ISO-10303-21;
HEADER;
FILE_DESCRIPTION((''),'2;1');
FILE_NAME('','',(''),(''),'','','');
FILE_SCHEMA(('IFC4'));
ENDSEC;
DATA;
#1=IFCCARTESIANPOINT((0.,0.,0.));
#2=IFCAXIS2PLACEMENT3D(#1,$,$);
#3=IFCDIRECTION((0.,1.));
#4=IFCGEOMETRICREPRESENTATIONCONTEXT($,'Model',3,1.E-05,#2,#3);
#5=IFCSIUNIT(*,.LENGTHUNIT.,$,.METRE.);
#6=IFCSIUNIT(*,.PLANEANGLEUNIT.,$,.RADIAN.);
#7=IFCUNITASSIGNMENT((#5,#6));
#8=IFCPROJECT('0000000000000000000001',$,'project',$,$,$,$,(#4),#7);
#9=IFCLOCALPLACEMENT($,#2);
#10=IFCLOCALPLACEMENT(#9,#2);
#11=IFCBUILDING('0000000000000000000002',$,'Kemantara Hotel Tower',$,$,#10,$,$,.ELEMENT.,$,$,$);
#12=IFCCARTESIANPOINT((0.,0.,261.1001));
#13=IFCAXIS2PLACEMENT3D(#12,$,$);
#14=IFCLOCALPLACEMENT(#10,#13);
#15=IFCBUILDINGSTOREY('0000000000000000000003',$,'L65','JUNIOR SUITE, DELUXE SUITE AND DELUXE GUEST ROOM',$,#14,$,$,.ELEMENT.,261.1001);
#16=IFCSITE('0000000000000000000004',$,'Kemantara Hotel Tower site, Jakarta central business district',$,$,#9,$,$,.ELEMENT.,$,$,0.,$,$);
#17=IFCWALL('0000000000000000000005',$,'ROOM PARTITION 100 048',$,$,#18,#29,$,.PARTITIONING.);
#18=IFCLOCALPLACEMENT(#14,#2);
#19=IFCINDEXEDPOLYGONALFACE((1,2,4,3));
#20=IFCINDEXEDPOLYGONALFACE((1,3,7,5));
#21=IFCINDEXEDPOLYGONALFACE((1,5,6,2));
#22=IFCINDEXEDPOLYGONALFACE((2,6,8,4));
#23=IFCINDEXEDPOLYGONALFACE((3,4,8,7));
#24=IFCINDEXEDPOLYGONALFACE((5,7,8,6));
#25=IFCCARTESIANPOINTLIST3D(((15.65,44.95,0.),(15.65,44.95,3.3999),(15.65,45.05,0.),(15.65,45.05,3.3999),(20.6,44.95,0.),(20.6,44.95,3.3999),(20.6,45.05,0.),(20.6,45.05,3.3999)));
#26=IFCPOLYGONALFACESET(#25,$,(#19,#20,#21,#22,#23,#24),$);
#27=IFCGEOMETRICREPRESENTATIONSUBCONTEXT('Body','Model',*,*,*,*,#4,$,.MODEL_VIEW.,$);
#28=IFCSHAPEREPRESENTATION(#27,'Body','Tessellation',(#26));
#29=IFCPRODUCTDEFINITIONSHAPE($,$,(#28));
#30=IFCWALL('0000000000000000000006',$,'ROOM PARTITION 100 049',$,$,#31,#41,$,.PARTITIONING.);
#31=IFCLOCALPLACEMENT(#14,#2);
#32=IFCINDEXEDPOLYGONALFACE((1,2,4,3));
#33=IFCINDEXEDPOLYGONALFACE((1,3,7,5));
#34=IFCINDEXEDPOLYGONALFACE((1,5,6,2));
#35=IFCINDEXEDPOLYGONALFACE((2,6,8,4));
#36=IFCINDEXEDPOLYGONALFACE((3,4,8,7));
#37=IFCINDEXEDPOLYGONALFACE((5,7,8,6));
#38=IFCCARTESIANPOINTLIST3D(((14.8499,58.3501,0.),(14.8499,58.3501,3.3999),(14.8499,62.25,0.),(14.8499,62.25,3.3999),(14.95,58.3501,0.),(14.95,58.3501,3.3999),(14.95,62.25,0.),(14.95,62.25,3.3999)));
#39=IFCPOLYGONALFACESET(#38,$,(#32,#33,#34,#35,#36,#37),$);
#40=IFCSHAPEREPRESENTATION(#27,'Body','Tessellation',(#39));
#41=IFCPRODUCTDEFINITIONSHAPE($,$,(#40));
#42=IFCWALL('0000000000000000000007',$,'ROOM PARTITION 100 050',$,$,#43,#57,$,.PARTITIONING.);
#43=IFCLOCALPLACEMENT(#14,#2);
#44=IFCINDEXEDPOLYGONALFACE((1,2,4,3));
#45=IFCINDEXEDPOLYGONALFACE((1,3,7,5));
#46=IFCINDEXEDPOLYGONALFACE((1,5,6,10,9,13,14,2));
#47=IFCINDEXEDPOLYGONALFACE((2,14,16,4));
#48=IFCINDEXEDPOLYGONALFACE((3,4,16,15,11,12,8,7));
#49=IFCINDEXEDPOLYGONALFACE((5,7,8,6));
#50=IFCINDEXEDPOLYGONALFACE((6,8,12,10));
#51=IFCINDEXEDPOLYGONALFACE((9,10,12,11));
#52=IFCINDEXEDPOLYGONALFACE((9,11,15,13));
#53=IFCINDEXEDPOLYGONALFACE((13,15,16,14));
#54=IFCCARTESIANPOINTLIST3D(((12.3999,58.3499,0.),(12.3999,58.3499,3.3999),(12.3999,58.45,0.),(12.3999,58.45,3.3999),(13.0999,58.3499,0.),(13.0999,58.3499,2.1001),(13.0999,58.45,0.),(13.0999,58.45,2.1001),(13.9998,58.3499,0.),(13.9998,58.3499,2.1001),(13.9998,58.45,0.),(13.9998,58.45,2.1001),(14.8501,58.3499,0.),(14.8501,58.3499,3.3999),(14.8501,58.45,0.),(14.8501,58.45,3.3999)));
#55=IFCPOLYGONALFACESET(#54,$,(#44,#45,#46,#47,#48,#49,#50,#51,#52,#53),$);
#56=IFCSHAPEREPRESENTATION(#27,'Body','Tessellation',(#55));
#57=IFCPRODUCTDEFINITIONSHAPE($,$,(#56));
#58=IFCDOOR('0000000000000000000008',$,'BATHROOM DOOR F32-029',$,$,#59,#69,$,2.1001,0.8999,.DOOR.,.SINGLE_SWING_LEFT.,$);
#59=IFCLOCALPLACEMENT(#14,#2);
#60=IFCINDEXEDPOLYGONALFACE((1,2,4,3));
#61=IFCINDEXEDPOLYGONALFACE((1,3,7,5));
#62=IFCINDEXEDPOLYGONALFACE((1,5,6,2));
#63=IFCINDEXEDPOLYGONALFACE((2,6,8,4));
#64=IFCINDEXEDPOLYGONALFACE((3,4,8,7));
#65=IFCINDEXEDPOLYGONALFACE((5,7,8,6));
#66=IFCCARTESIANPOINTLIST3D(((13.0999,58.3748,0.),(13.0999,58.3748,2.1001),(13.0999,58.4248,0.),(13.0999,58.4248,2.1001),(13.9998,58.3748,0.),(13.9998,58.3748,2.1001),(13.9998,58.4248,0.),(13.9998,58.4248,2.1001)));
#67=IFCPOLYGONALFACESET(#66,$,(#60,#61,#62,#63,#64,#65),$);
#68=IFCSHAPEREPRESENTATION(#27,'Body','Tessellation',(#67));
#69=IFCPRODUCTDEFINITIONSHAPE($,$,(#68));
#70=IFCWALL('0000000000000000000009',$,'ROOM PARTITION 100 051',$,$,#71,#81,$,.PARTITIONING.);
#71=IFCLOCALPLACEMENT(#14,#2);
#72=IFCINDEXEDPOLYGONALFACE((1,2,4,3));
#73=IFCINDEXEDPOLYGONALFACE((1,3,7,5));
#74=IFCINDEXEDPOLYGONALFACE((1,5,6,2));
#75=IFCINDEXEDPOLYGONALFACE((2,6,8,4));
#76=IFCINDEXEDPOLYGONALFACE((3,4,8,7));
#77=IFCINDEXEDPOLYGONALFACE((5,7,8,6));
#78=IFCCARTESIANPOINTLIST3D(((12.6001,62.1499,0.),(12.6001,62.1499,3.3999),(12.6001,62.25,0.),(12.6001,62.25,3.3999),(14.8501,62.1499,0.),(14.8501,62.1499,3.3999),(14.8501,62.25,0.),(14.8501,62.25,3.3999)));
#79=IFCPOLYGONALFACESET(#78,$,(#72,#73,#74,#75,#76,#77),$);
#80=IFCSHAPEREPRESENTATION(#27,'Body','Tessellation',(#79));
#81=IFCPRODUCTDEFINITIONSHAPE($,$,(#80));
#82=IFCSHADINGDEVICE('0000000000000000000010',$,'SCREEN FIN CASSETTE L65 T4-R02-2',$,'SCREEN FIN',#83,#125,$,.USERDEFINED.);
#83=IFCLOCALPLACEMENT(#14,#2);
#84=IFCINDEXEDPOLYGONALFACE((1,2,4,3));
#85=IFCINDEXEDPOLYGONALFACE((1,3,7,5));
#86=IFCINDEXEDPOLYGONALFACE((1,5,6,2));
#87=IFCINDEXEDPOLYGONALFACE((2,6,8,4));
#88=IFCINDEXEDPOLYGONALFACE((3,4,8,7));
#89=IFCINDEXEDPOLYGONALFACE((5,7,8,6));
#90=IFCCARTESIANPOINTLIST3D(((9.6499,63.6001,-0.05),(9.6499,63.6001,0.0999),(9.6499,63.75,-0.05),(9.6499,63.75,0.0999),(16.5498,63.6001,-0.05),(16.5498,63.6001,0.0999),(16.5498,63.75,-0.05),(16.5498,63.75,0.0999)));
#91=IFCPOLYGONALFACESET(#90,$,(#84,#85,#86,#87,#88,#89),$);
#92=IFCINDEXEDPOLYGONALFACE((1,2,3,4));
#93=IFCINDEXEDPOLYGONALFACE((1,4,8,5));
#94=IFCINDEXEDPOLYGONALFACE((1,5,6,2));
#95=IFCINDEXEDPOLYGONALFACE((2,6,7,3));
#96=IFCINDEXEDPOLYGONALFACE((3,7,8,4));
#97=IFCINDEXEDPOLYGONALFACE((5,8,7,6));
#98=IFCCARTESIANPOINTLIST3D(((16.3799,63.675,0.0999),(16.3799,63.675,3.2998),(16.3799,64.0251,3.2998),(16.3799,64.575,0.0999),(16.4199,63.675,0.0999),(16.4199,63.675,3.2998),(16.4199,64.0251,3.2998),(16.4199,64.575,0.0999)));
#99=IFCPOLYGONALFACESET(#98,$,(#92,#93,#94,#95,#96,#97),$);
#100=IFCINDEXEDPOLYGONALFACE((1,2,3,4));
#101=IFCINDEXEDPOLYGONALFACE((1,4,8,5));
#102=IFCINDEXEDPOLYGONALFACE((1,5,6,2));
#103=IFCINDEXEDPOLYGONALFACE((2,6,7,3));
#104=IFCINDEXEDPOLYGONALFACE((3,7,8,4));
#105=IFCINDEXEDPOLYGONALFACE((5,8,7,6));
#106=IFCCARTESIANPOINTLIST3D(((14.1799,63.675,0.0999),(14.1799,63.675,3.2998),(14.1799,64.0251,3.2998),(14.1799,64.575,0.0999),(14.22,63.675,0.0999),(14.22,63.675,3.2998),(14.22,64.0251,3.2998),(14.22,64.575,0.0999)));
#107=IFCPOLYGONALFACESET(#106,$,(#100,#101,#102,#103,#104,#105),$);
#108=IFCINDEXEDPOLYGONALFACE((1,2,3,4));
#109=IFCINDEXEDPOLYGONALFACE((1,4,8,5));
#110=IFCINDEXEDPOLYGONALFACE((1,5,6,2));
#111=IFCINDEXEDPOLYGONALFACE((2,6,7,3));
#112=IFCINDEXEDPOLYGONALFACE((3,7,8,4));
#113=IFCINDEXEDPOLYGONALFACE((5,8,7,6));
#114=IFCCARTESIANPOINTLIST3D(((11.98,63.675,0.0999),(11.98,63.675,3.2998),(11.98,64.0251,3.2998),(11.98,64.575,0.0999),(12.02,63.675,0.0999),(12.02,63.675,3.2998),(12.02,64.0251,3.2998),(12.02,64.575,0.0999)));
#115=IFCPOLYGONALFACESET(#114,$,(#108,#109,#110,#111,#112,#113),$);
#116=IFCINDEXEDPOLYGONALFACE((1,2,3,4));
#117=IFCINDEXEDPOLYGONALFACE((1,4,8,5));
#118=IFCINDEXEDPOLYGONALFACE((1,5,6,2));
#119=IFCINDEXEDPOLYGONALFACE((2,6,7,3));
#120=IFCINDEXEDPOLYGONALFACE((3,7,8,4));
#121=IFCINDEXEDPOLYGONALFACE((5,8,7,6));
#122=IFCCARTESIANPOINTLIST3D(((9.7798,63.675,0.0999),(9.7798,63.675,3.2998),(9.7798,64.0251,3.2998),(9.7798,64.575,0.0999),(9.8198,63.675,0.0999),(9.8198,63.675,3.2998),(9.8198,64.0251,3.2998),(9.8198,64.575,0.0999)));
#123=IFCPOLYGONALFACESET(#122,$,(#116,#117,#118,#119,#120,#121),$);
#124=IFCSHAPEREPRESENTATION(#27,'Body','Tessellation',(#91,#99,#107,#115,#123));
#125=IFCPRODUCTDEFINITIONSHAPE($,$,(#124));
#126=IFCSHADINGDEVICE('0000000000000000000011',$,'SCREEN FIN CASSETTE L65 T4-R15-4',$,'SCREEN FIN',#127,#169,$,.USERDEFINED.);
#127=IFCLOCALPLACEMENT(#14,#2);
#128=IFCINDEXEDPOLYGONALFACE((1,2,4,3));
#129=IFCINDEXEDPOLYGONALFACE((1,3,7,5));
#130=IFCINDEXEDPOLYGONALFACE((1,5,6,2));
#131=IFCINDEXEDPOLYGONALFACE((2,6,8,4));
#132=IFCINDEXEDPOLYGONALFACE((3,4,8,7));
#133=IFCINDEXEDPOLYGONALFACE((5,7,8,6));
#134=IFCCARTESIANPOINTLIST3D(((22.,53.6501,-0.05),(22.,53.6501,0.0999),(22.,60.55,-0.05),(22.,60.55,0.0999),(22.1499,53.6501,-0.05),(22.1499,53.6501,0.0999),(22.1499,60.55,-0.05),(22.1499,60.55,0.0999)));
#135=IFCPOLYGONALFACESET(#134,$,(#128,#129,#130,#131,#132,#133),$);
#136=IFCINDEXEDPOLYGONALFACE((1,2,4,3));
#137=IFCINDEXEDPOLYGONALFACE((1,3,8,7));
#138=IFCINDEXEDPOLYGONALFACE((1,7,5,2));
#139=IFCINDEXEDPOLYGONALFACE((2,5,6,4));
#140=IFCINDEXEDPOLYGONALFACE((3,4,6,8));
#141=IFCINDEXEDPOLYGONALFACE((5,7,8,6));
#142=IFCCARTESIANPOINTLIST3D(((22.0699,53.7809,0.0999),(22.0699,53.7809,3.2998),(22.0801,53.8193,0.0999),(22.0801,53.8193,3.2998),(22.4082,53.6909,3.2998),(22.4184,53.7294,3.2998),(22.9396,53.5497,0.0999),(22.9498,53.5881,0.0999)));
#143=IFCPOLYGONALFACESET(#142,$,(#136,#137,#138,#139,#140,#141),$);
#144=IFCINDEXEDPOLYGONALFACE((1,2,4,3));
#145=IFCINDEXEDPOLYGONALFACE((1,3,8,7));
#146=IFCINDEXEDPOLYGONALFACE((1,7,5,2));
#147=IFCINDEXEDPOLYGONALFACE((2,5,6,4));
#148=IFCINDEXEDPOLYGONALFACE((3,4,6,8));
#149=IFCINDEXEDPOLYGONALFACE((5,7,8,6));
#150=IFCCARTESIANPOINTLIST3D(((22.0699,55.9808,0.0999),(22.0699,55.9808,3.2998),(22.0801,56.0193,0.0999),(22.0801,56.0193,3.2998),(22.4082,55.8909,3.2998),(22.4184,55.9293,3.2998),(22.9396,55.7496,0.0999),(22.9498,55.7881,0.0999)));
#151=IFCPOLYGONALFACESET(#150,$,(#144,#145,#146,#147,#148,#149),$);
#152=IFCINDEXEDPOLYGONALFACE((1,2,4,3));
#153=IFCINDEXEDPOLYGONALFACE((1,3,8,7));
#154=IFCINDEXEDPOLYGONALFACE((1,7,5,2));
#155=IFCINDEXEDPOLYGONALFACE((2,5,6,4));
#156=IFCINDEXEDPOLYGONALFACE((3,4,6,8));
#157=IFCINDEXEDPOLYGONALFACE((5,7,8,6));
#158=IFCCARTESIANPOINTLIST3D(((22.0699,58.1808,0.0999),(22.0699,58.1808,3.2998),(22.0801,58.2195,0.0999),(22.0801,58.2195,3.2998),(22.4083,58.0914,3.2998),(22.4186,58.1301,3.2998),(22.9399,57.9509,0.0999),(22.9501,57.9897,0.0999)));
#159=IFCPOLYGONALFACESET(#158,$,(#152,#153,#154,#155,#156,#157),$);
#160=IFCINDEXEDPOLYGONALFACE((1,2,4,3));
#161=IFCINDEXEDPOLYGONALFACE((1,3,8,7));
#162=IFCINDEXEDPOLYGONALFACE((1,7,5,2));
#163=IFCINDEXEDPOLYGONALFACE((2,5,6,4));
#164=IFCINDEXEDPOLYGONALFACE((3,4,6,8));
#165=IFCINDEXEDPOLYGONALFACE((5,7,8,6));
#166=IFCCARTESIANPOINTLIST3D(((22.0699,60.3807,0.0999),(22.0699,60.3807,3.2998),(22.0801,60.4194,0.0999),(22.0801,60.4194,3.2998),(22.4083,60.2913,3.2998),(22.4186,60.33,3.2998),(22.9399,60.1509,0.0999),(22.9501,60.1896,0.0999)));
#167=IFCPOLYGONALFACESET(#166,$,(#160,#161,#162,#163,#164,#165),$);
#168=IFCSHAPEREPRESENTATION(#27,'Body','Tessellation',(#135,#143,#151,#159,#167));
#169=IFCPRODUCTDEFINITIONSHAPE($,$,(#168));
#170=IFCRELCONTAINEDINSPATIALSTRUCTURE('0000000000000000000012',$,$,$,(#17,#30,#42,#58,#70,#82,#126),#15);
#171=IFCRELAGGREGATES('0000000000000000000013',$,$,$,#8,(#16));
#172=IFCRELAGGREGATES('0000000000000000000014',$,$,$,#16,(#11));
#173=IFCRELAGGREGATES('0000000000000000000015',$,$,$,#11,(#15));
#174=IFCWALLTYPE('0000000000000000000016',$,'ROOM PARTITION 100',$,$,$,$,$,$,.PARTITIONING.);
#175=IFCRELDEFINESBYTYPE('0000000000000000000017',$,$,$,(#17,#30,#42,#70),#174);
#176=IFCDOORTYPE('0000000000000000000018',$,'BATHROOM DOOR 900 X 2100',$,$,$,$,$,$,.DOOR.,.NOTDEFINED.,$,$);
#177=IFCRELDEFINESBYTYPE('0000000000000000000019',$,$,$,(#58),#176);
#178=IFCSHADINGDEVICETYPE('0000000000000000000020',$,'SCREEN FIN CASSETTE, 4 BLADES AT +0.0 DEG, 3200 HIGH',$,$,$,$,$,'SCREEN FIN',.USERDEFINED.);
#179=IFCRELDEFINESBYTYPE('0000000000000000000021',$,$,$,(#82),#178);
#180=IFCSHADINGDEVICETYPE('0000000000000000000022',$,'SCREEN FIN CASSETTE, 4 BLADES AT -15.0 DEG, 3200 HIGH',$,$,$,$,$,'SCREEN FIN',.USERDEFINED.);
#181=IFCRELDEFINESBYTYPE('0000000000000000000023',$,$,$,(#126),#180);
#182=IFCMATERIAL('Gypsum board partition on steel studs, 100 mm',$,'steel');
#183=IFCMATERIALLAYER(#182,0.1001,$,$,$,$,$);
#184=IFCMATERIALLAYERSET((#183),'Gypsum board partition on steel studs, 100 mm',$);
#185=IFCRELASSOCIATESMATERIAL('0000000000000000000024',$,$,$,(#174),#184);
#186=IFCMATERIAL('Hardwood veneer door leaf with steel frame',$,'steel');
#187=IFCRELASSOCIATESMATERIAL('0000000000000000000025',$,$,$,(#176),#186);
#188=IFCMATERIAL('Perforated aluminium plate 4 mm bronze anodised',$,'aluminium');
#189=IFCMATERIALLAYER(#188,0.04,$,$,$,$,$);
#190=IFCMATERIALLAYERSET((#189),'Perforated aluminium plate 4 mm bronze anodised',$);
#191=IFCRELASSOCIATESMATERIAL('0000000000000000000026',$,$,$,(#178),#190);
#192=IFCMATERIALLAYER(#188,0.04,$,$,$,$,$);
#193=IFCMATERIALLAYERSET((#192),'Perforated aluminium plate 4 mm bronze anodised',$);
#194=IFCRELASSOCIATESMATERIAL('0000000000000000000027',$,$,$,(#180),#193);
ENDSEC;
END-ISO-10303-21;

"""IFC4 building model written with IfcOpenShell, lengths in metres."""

from ifc_helpers import new_model, si_unit, direction, frame, frame_2d, origin, origin_2d, place, context, subcontext, project, spatial, polyline, rectangle, outline, extrude, source, transform, mapped, material, layer, layer_set, type_object, element, fill, save


model = new_model("IFC4")

# Units and contexts
model_context = context("Model", 3, precision=1e-05, world=origin(), true_north=direction((0.0, 1.0)))
body_context = subcontext(model_context, "Body", "Model", "MODEL_VIEW")
ifc_project = project(units=[si_unit("LENGTHUNIT", "METRE"), si_unit("PLANEANGLEUNIT", "RADIAN")], contexts=[model_context])

# Site, building, storey
site_placement = place(None, origin())
site = spatial("IfcSite", under=ifc_project, at=site_placement, Name="Kemantara Hotel Tower site, Jakarta central business district", CompositionType="ELEMENT", RefElevation=0.0)
building_placement = place(site_placement, origin())
building = spatial("IfcBuilding", under=site, at=building_placement, Name="Kemantara Hotel Tower", CompositionType="ELEMENT")
storey_placement = place(building_placement, frame((0.0, 0.0, 261.1001)))
storey = spatial("IfcBuildingStorey", under=building, at=storey_placement, Name="L65", Description="JUNIOR SUITE, DELUXE SUITE AND DELUXE GUEST ROOM", CompositionType="ELEMENT", Elevation=261.1001)

# Shared definitions
ifc_material_1 = material(Name="Gypsum board partition on steel studs, 100 mm", Category="steel")
ifc_layer_1 = layer(ifc_material_1, 0.1001)
ifc_layer_set_1 = layer_set([ifc_layer_1], Name="Gypsum board partition on steel studs, 100 mm")
wall_type = type_object("IfcWallType", Name="ROOM PARTITION 100", PredefinedType="PARTITIONING", material=ifc_layer_set_1)
ifc_material_2 = material(Name="Hardwood veneer door leaf with steel frame", Category="steel")

# Walls
wall_1_placement = place(storey_placement, frame((15.6499, 45.0, 0.0), z_axis=(0.0, 0.0, 1.0), x_axis=(1.0, 0.0, 0.0)))
element("IfcWall", 1, at=wall_1_placement, inside=storey, type_object=wall_type, Name="ROOM PARTITION 100 048", PredefinedType="PARTITIONING", context=body_context, shape_type="SweptSolid", body=[
    extrude(rectangle(XDim=4.95, YDim=0.1001, at=frame_2d((2.4751, 0.0))), origin(), (0.0, 0.0, 1.0), 3.3999),
])
wall_2_placement = place(storey_placement, frame((14.8999, 58.3501, 0.0), z_axis=(0.0, 0.0, 1.0), x_axis=(0.0, 1.0, 0.0)))
element("IfcWall", 2, at=wall_2_placement, inside=storey, type_object=wall_type, Name="ROOM PARTITION 100 049", PredefinedType="PARTITIONING", context=body_context, shape_type="SweptSolid", body=[
    extrude(rectangle(XDim=3.8999, YDim=0.1001, at=frame_2d((1.95, 0.0))), origin(), (0.0, 0.0, 1.0), 3.3999),
])

# Wall, opening, door
wall_3_placement = place(storey_placement, frame((12.3999, 58.3999, 0.0), z_axis=(0.0, 0.0, 1.0), x_axis=(1.0, 0.0, 0.0)))
wall_3 = element("IfcWall", 3, at=wall_3_placement, inside=storey, type_object=wall_type, Name="ROOM PARTITION 100 050", PredefinedType="PARTITIONING", context=body_context, shape_type="SweptSolid", body=[
    extrude(rectangle(XDim=2.4502, YDim=0.1001, at=frame_2d((1.2251, 0.0))), origin(), (0.0, 0.0, 1.0), 3.3999),
])
opening_1_placement = place(wall_3_placement, frame((0.7, 0.0, 0.0)))
opening_1 = element("IfcOpeningElement", 4, at=opening_1_placement, cuts=wall_3, PredefinedType="OPENING", context=body_context, shape_type="SweptSolid", body=[
    extrude(rectangle(XDim=0.8999, YDim=2.1001, at=frame_2d((0.45, 1.05))), frame((0.0, 0.0601, 0.0), z_axis=(0.0, -1.0, 0.0), x_axis=(1.0, 0.0, 0.0)), (0.0, 0.0, 1.0), 0.1201),
])
door_type_1 = type_object("IfcDoorType", Name="BATHROOM DOOR 900 X 2100", OperationType="NOTDEFINED", PredefinedType="DOOR", material=ifc_material_2)
door_1_placement = place(opening_1_placement, origin())
door_1 = element("IfcDoor", 5, at=door_1_placement, inside=storey, type_object=door_type_1, Name="BATHROOM DOOR F32-029", OperationType="SINGLE_SWING_LEFT", OverallHeight=2.1001, OverallWidth=0.8999, PredefinedType="DOOR", context=body_context, shape_type="SweptSolid", body=[
    extrude(rectangle(XDim=0.8999, YDim=2.1001, at=frame_2d((0.45, 1.05))), frame((0.0, 0.0249, 0.0), z_axis=(0.0, -1.0, 0.0), x_axis=(1.0, 0.0, 0.0)), (0.0, 0.0, 1.0), 0.05),
])
fill(opening_1, door_1)

# Wall
wall_4_placement = place(storey_placement, frame((12.6001, 62.2, 0.0), z_axis=(0.0, 0.0, 1.0), x_axis=(1.0, 0.0, 0.0)))
element("IfcWall", 6, at=wall_4_placement, inside=storey, type_object=wall_type, Name="ROOM PARTITION 100 051", PredefinedType="PARTITIONING", context=body_context, shape_type="SweptSolid", body=[
    extrude(rectangle(XDim=2.25, YDim=0.1001, at=frame_2d((1.125, 0.0))), origin(), (0.0, 0.0, 1.0), 3.3999),
])

# Shading devices
ifc_material_3 = material(Name="Perforated aluminium plate 4 mm bronze anodised", Category="aluminium")
ifc_layer_2 = layer(ifc_material_3, 0.04)
ifc_layer_set_2 = layer_set([ifc_layer_2], Name="Perforated aluminium plate 4 mm bronze anodised")
shading_device_type_1 = type_object("IfcShadingDeviceType", Name="SCREEN FIN CASSETTE, 4 BLADES AT +0.0 DEG, 3200 HIGH", ElementType="SCREEN FIN", PredefinedType="USERDEFINED", material=ifc_layer_set_2)
shared_shape_1 = source(origin(), body_context, "Body", "SweptSolid", [
    extrude(rectangle(XDim=6.8999, YDim=0.1499, at=origin_2d()), frame((3.3, -0.075, -0.1499), z_axis=(0.0, 0.0, 1.0), x_axis=(1.0, 0.0, 0.0)), (0.0, 0.0, 1.0), 0.1499),
    extrude(outline(polyline([(0.0, 0.0), (0.8999, 0.0), (0.3501, 3.2), (0.0, 3.2), (0.0, 0.0)])), frame((0.02, -0.075, 0.0), z_axis=(-1.0, 0.0, 0.0), x_axis=(0.0, -1.0, 0.0)), (0.0, 0.0, 1.0), 0.04),
    extrude(outline(polyline([(0.0, 0.0), (0.8999, 0.0), (0.3501, 3.2), (0.0, 3.2), (0.0, 0.0)])), frame((2.22, -0.075, 0.0), z_axis=(-1.0, 0.0, 0.0), x_axis=(0.0, -1.0, 0.0)), (0.0, 0.0, 1.0), 0.04),
    extrude(outline(polyline([(0.0, 0.0), (0.8999, 0.0), (0.3501, 3.2), (0.0, 3.2), (0.0, 0.0)])), frame((4.4199, -0.075, 0.0), z_axis=(-1.0, 0.0, 0.0), x_axis=(0.0, -1.0, 0.0)), (0.0, 0.0, 1.0), 0.04),
    extrude(outline(polyline([(0.0, 0.0), (0.8999, 0.0), (0.3501, 3.2), (0.0, 3.2), (0.0, 0.0)])), frame((6.6201, -0.075, 0.0), z_axis=(-1.0, 0.0, 0.0), x_axis=(0.0, -1.0, 0.0)), (0.0, 0.0, 1.0), 0.04),
])
shading_device_1_placement = place(storey_placement, frame((16.3999, 63.6001, 0.0999), z_axis=(0.0, 0.0, 1.0), x_axis=(-1.0, 0.0, 0.0)))
element("IfcShadingDevice", 7, at=shading_device_1_placement, inside=storey, type_object=shading_device_type_1, Name="SCREEN FIN CASSETTE L65 T4-R02-2", ObjectType="SCREEN FIN", PredefinedType="USERDEFINED", context=body_context, shape_type="MappedRepresentation", body=[
    mapped(shared_shape_1, transform((0.0, 0.0, 0.0))),
])
ifc_layer_3 = layer(ifc_material_3, 0.04)
ifc_layer_set_3 = layer_set([ifc_layer_3], Name="Perforated aluminium plate 4 mm bronze anodised")
shading_device_type_2 = type_object("IfcShadingDeviceType", Name="SCREEN FIN CASSETTE, 4 BLADES AT -15.0 DEG, 3200 HIGH", ElementType="SCREEN FIN", PredefinedType="USERDEFINED", material=ifc_layer_set_3)
shared_shape_2 = source(origin(), body_context, "Body", "SweptSolid", [
    extrude(rectangle(XDim=6.8999, YDim=0.1499, at=origin_2d()), frame((3.3, -0.075, -0.1499), z_axis=(0.0, 0.0, 1.0), x_axis=(1.0, 0.0, 0.0)), (0.0, 0.0, 1.0), 0.1499),
    extrude(outline(polyline([(0.0, 0.0), (0.8999, 0.0), (0.3501, 3.2), (0.0, 3.2), (0.0, 0.0)])), frame((0.0193, -0.0801, 0.0), z_axis=(-0.966438, 0.256901, 0.0), x_axis=(-0.256901, -0.966438, 0.0)), (0.0, 0.0, 1.0), 0.0398),
    extrude(outline(polyline([(0.0, 0.0), (0.8999, 0.0), (0.3501, 3.2), (0.0, 3.2), (0.0, 0.0)])), frame((2.2192, -0.0801, 0.0), z_axis=(-0.966438, 0.256901, 0.0), x_axis=(-0.256901, -0.966438, 0.0)), (0.0, 0.0, 1.0), 0.0398),
    extrude(outline(polyline([(0.0, 0.0), (0.8999, 0.0), (0.3501, 3.2), (0.0, 3.2), (0.0, 0.0)])), frame((4.4194, -0.0801, 0.0), z_axis=(-0.966838, 0.255391, 0.0), x_axis=(-0.255391, -0.966838, 0.0)), (0.0, 0.0, 1.0), 0.04),
    extrude(outline(polyline([(0.0, 0.0), (0.8999, 0.0), (0.3501, 3.2), (0.0, 3.2), (0.0, 0.0)])), frame((6.6194, -0.0801, 0.0), z_axis=(-0.966838, 0.255391, 0.0), x_axis=(-0.255391, -0.966838, 0.0)), (0.0, 0.0, 1.0), 0.04),
])
shading_device_2_placement = place(storey_placement, frame((22.0, 53.8, 0.0999), z_axis=(0.0, 0.0, 1.0), x_axis=(0.0, 1.0, 0.0)))
element("IfcShadingDevice", 8, at=shading_device_2_placement, inside=storey, type_object=shading_device_type_2, Name="SCREEN FIN CASSETTE L65 T4-R15-4", ObjectType="SCREEN FIN", PredefinedType="USERDEFINED", context=body_context, shape_type="MappedRepresentation", body=[
    mapped(shared_shape_2, transform((0.0, 0.0, 0.0))),
])

save(model, "model.ifc")
